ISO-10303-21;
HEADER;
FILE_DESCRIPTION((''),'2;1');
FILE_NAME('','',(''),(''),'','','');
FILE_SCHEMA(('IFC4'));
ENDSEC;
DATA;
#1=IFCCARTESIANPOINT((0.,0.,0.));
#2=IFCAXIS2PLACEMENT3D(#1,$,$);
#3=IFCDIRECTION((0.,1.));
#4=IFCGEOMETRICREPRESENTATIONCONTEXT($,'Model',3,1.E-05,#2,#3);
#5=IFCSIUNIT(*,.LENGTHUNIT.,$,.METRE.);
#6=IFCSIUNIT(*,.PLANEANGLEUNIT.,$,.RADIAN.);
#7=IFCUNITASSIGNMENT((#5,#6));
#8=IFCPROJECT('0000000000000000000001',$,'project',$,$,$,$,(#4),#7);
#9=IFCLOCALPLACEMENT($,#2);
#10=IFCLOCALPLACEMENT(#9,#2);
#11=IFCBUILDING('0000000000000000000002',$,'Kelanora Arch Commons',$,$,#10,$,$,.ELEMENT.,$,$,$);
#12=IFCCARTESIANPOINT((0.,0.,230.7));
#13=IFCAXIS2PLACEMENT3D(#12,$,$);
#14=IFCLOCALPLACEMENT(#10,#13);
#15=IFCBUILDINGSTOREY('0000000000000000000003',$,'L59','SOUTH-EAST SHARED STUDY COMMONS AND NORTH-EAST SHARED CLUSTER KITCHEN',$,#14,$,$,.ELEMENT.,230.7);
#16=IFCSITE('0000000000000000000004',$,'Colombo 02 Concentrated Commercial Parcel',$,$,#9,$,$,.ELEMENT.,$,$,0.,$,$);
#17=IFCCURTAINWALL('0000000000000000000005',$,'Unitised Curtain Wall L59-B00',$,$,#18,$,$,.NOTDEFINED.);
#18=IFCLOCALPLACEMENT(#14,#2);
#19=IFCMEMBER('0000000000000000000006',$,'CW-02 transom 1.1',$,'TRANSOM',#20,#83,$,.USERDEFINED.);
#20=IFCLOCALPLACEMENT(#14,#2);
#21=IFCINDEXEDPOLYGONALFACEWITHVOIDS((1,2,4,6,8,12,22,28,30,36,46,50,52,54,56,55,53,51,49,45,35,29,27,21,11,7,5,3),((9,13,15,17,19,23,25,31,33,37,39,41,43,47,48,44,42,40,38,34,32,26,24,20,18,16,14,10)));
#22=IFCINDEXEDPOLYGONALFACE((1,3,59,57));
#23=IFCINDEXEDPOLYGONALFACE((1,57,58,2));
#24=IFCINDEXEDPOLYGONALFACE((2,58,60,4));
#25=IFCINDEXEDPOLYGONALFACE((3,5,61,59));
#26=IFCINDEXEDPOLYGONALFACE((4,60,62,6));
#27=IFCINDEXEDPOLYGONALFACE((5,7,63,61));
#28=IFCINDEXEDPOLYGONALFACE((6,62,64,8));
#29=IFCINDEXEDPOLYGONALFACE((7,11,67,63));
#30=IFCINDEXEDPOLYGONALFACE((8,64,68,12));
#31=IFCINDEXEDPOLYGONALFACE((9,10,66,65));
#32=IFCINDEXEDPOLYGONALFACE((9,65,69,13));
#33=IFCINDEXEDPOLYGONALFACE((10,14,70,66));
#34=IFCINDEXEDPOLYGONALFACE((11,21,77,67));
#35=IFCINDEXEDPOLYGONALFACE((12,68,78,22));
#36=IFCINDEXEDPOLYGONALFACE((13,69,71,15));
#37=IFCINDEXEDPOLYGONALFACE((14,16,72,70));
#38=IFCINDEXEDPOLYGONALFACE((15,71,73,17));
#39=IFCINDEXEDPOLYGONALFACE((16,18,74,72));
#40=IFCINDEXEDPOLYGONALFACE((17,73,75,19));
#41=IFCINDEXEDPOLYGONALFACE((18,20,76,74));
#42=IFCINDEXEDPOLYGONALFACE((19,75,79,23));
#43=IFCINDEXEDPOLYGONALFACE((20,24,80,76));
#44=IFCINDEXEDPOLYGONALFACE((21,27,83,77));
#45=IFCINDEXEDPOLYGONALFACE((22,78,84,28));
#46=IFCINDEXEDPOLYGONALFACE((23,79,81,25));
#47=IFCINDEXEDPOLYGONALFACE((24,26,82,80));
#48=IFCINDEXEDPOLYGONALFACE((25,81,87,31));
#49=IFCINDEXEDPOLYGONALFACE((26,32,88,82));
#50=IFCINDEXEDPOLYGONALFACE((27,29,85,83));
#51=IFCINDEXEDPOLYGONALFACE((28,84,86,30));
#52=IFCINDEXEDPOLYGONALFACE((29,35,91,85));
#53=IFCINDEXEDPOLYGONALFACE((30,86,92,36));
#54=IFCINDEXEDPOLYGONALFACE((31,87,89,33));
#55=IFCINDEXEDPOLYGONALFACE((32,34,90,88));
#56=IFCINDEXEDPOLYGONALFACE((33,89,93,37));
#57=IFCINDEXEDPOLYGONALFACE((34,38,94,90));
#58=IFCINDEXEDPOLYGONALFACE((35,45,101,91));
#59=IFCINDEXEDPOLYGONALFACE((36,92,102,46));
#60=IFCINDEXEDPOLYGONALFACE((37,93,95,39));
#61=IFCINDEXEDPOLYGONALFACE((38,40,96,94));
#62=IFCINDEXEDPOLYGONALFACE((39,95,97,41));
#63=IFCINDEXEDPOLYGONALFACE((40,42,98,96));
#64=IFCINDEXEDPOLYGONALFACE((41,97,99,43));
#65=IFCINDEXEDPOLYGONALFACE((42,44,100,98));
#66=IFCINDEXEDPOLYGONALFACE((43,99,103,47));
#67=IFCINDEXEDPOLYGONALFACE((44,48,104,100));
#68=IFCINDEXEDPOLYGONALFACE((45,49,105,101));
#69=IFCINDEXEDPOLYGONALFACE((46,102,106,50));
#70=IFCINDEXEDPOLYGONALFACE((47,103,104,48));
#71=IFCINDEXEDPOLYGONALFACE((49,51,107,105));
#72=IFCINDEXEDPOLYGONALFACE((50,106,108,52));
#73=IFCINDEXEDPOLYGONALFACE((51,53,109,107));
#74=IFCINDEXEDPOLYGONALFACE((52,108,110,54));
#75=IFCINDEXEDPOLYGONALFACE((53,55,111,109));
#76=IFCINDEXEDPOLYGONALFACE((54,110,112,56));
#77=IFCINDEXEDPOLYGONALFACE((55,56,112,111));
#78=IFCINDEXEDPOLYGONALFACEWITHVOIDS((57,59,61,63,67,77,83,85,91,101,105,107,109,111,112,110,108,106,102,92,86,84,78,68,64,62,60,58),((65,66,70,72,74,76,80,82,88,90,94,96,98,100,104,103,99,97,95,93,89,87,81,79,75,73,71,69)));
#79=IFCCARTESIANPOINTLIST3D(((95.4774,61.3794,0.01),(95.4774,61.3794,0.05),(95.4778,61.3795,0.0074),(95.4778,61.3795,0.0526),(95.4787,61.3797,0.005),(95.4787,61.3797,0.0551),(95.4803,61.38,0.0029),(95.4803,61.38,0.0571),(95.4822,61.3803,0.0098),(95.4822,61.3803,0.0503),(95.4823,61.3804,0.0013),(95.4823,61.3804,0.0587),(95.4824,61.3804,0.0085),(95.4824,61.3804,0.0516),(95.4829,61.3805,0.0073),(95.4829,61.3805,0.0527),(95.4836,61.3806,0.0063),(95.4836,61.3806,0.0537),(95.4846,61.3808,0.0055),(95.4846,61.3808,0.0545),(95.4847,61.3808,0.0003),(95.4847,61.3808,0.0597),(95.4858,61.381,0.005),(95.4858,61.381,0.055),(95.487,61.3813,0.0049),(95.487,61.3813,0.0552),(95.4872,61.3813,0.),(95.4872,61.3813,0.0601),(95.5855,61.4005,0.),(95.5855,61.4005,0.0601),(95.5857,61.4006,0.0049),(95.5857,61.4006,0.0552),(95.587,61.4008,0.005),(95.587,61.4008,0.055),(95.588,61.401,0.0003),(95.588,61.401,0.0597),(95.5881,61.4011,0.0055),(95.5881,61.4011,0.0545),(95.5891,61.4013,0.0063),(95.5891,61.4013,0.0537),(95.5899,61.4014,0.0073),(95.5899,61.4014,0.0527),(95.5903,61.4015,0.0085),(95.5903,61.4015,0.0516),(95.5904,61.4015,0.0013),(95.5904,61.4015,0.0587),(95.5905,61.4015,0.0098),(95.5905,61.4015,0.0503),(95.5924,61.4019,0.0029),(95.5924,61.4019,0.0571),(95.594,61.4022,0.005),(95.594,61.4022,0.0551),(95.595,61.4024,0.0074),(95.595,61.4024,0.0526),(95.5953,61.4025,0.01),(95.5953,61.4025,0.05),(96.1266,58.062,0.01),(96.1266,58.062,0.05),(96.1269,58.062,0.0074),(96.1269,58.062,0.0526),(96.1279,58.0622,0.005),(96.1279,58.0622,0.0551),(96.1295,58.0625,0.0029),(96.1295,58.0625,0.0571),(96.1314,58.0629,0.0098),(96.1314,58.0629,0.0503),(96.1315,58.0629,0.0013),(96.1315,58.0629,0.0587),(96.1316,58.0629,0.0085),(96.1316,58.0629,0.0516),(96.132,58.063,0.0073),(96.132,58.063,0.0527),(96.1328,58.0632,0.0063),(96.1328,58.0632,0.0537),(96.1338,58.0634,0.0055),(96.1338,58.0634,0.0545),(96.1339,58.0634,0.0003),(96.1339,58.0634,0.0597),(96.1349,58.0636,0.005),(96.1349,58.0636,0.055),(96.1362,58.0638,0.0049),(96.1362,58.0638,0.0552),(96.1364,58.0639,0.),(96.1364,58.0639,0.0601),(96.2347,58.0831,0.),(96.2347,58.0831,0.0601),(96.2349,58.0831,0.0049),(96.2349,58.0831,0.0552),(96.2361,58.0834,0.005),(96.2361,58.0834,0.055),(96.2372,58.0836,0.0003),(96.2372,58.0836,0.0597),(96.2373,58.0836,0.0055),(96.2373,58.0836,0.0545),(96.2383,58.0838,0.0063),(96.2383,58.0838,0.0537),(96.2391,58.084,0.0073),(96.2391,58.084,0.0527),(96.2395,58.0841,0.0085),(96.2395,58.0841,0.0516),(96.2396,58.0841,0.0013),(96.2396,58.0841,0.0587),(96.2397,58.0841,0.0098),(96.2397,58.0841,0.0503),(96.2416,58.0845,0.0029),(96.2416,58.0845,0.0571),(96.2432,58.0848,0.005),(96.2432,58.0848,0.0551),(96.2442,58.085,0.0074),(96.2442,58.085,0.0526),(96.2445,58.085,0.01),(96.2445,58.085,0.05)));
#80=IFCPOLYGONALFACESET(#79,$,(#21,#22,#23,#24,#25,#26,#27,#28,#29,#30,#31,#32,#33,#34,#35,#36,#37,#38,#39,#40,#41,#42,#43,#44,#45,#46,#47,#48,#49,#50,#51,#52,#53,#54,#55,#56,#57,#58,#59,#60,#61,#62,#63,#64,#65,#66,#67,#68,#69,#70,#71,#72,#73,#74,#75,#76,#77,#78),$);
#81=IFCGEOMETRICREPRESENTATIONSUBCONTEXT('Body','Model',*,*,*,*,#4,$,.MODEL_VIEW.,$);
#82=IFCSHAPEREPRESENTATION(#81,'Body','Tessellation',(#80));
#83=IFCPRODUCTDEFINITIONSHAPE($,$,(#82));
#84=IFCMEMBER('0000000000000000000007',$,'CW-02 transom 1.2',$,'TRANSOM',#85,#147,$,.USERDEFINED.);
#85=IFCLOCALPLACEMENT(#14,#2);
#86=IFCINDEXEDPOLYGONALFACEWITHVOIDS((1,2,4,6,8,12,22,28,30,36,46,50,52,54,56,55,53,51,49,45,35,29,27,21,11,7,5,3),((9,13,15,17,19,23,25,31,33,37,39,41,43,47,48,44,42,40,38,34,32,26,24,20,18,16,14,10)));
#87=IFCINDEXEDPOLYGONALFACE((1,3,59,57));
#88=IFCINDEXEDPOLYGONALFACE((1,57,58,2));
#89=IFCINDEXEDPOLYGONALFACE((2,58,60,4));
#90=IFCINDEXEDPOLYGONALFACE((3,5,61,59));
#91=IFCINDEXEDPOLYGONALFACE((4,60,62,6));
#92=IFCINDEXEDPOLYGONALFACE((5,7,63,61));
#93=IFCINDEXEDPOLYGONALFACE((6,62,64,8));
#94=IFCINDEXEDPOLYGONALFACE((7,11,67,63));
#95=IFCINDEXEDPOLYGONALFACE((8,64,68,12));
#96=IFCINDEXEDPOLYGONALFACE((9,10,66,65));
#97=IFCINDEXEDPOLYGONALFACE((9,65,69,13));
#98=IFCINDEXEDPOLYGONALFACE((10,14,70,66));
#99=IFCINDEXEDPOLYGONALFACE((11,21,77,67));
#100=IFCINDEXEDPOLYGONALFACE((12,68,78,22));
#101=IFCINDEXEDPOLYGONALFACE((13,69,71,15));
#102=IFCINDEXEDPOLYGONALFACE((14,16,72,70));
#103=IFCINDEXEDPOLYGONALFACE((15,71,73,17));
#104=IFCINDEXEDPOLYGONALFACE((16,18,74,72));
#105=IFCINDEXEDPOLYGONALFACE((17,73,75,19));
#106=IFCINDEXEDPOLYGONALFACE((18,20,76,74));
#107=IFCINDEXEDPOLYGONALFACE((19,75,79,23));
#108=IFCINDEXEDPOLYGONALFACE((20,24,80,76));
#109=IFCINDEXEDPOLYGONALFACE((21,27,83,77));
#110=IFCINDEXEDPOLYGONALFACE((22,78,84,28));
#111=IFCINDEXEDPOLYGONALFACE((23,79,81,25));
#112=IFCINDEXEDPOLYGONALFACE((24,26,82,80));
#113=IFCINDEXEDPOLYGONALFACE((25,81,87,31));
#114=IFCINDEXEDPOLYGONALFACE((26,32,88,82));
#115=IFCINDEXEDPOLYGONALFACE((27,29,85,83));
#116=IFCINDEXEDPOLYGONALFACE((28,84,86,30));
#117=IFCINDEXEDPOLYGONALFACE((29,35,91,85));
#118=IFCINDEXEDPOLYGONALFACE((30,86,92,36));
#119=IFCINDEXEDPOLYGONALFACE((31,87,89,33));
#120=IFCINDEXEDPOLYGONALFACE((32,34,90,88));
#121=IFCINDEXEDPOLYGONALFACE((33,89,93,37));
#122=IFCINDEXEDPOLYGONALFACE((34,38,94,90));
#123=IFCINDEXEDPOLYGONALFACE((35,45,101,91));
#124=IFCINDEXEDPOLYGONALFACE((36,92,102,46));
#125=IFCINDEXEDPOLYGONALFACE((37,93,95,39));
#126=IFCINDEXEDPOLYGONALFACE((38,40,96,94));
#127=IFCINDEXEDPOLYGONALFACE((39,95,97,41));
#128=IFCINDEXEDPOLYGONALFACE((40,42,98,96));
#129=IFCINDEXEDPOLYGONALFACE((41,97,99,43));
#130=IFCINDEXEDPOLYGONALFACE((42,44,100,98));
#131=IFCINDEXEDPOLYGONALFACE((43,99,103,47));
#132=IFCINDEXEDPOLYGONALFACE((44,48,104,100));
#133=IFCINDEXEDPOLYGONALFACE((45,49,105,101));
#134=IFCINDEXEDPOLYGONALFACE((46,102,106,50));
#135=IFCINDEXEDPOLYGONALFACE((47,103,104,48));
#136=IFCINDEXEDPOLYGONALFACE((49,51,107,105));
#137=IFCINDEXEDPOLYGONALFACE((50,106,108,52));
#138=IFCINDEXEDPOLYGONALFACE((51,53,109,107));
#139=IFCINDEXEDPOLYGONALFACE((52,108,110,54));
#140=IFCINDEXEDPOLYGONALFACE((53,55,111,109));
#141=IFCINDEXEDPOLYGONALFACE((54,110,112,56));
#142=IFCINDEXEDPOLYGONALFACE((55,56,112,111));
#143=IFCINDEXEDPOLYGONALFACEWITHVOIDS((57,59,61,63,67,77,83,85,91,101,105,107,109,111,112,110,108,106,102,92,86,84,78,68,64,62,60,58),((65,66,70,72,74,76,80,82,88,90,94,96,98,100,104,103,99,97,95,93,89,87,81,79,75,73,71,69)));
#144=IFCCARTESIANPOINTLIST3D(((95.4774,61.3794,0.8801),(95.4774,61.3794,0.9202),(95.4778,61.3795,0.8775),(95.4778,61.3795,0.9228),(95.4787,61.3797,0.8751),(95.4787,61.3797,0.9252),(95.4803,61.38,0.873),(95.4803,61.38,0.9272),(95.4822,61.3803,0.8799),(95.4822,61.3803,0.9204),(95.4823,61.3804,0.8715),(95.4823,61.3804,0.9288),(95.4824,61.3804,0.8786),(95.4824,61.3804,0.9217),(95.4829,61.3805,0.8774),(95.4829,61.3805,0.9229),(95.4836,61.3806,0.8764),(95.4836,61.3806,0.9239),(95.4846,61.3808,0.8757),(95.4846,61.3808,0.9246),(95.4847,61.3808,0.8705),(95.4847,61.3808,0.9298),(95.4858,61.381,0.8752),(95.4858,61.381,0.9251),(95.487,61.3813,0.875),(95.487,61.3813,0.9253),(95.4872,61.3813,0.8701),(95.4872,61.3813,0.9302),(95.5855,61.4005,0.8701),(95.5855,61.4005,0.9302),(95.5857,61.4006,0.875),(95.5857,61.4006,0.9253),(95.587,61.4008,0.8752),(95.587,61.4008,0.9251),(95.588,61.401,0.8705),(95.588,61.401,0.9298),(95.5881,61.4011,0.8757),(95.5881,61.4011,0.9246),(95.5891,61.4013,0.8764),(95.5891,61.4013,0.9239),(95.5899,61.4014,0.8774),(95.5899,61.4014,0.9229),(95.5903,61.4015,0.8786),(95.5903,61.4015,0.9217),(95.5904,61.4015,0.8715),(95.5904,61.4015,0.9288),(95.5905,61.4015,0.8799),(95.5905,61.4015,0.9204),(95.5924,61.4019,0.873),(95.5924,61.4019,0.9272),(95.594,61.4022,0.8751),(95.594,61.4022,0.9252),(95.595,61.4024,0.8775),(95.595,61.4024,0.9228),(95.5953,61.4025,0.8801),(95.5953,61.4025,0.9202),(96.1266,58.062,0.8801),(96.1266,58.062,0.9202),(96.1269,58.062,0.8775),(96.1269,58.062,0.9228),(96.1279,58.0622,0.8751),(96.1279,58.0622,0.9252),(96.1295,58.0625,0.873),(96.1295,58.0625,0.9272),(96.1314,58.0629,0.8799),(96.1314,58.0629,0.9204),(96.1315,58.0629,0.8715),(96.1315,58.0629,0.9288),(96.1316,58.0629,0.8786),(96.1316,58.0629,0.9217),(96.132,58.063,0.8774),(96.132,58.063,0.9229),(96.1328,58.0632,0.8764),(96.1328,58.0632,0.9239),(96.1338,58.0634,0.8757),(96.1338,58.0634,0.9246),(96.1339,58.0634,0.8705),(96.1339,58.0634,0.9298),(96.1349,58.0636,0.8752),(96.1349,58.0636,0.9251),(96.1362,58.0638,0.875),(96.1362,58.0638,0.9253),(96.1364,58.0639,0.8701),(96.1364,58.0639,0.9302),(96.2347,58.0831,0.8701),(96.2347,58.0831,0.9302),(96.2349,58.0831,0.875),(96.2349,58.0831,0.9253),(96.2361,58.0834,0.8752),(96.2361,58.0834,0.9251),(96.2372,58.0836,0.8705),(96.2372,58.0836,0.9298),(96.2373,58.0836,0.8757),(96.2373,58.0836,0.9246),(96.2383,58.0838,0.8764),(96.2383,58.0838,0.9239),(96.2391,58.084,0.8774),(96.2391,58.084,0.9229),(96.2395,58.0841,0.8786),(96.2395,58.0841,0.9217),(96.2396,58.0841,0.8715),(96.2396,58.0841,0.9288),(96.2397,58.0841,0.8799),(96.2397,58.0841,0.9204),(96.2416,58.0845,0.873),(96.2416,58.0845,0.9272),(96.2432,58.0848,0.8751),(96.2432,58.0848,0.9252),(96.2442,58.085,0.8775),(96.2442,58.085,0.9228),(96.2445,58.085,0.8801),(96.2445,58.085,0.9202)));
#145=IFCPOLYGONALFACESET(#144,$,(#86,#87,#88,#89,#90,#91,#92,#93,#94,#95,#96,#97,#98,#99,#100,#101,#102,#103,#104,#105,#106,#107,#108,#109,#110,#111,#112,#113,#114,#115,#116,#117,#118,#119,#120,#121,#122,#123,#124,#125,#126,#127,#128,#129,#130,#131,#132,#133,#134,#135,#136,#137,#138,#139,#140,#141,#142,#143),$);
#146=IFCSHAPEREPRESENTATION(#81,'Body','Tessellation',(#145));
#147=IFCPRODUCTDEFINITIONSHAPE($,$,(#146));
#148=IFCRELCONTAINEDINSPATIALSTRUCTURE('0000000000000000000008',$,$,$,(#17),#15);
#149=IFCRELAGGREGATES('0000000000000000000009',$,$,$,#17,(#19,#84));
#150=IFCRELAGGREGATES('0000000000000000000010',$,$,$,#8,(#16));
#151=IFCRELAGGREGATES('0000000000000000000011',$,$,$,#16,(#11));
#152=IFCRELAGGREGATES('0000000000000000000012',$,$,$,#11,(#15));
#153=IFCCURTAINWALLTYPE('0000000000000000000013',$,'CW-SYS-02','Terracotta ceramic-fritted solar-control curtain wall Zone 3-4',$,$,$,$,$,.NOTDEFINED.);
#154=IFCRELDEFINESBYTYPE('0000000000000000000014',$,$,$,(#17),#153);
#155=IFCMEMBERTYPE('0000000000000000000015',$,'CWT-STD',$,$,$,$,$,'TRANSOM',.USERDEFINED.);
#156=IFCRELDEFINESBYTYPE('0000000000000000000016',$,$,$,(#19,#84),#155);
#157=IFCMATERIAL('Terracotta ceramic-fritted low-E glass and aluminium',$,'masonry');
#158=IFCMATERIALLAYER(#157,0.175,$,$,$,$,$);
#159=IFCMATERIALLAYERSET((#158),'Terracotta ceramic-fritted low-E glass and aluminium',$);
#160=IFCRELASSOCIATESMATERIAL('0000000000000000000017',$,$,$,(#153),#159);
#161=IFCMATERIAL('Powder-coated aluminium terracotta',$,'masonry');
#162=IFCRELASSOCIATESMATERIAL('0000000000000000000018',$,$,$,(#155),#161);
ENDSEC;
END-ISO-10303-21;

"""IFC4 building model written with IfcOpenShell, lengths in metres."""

from ifc_helpers import new_model, si_unit, direction, frame, origin, origin_2d, place, context, subcontext, project, spatial, hollow_rectangle, extrude, material, layer, layer_set, material_profile, profile_set, type_object, element, aggregate, save


model = new_model("IFC4")

# Units and contexts
model_context = context("Model", 3, precision=1e-05, world=origin(), true_north=direction((0.0, 1.0)))
body_context = subcontext(model_context, "Body", "Model", "MODEL_VIEW")
ifc_project = project(units=[si_unit("LENGTHUNIT", "METRE"), si_unit("PLANEANGLEUNIT", "RADIAN")], contexts=[model_context])

# Site, building, storey
site_placement = place(None, origin())
site = spatial("IfcSite", under=ifc_project, at=site_placement, Name="Colombo 02 Concentrated Commercial Parcel", CompositionType="ELEMENT", RefElevation=0.0)
building_placement = place(site_placement, origin())
building = spatial("IfcBuilding", under=site, at=building_placement, Name="Kelanora Arch Commons", CompositionType="ELEMENT")
storey_placement = place(building_placement, frame((0.0, 0.0, 230.7)))
storey = spatial("IfcBuildingStorey", under=building, at=storey_placement, Name="L59", Description="SOUTH-EAST SHARED STUDY COMMONS AND NORTH-EAST SHARED CLUSTER KITCHEN", CompositionType="ELEMENT", Elevation=230.7)

# Curtain wall, members
ifc_material_1 = material(Name="Terracotta ceramic-fritted low-E glass and aluminium", Category="masonry")
ifc_layer_1 = layer(ifc_material_1, 0.175)
ifc_layer_set_1 = layer_set([ifc_layer_1], Name="Terracotta ceramic-fritted low-E glass and aluminium")
curtain_wall_type = type_object("IfcCurtainWallType", Name="CW-SYS-02", Description="Terracotta ceramic-fritted solar-control curtain wall Zone 3-4", PredefinedType="NOTDEFINED", material=ifc_layer_set_1)
curtain_wall_placement = place(storey_placement, origin())
curtain_wall = element("IfcCurtainWall", 1, at=curtain_wall_placement, inside=storey, type_object=curtain_wall_type, Name="Unitised Curtain Wall L59-B00", PredefinedType="NOTDEFINED")
ifc_material_2 = material(Name="Powder-coated aluminium terracotta", Category="masonry")
ifc_material_profile_1 = material_profile(ifc_material_2, hollow_rectangle(XDim=0.1201, YDim=0.0601, WallThickness=0.0049, InnerFilletRadius=0.0049, OuterFilletRadius=0.01, at=origin_2d()), Name="CWT120x60")
ifc_profile_set_1 = profile_set([ifc_material_profile_1], Name="Powder-coated aluminium terracotta")
member_type_1 = type_object("IfcMemberType", Name="CWT-STD", ElementType="TRANSOM", PredefinedType="USERDEFINED", material=ifc_profile_set_1)
member_1_placement = place(storey_placement, frame((96.1855, 58.0735, 0.03), z_axis=(-0.192045, 0.981386, 0.0), x_axis=(-0.981386, -0.192045, 0.0)))
member_1 = element("IfcMember", 2, at=member_1_placement, type_object=member_type_1, Name="CW-02 transom 1.1", ObjectType="TRANSOM", PredefinedType="USERDEFINED", context=body_context, shape_type="SweptSolid", body=[
    extrude(hollow_rectangle(XDim=0.1201, YDim=0.0601, WallThickness=0.0049, InnerFilletRadius=0.0049, OuterFilletRadius=0.01, at=origin_2d()), origin(), (0.0, 0.0, 1.0), 3.3804),
])
member_2_placement = place(storey_placement, frame((96.1855, 58.0735, 0.9001), z_axis=(-0.192045, 0.981386, 0.0), x_axis=(-0.981386, -0.192045, 0.0)))
member_2 = element("IfcMember", 3, at=member_2_placement, type_object=member_type_1, Name="CW-02 transom 1.2", ObjectType="TRANSOM", PredefinedType="USERDEFINED", context=body_context, shape_type="SweptSolid", body=[
    extrude(hollow_rectangle(XDim=0.1201, YDim=0.0601, WallThickness=0.0049, InnerFilletRadius=0.0049, OuterFilletRadius=0.01, at=origin_2d()), origin(), (0.0, 0.0, 1.0), 3.3804),
])
aggregate(curtain_wall, [member_1, member_2])

save(model, "model.ifc")
